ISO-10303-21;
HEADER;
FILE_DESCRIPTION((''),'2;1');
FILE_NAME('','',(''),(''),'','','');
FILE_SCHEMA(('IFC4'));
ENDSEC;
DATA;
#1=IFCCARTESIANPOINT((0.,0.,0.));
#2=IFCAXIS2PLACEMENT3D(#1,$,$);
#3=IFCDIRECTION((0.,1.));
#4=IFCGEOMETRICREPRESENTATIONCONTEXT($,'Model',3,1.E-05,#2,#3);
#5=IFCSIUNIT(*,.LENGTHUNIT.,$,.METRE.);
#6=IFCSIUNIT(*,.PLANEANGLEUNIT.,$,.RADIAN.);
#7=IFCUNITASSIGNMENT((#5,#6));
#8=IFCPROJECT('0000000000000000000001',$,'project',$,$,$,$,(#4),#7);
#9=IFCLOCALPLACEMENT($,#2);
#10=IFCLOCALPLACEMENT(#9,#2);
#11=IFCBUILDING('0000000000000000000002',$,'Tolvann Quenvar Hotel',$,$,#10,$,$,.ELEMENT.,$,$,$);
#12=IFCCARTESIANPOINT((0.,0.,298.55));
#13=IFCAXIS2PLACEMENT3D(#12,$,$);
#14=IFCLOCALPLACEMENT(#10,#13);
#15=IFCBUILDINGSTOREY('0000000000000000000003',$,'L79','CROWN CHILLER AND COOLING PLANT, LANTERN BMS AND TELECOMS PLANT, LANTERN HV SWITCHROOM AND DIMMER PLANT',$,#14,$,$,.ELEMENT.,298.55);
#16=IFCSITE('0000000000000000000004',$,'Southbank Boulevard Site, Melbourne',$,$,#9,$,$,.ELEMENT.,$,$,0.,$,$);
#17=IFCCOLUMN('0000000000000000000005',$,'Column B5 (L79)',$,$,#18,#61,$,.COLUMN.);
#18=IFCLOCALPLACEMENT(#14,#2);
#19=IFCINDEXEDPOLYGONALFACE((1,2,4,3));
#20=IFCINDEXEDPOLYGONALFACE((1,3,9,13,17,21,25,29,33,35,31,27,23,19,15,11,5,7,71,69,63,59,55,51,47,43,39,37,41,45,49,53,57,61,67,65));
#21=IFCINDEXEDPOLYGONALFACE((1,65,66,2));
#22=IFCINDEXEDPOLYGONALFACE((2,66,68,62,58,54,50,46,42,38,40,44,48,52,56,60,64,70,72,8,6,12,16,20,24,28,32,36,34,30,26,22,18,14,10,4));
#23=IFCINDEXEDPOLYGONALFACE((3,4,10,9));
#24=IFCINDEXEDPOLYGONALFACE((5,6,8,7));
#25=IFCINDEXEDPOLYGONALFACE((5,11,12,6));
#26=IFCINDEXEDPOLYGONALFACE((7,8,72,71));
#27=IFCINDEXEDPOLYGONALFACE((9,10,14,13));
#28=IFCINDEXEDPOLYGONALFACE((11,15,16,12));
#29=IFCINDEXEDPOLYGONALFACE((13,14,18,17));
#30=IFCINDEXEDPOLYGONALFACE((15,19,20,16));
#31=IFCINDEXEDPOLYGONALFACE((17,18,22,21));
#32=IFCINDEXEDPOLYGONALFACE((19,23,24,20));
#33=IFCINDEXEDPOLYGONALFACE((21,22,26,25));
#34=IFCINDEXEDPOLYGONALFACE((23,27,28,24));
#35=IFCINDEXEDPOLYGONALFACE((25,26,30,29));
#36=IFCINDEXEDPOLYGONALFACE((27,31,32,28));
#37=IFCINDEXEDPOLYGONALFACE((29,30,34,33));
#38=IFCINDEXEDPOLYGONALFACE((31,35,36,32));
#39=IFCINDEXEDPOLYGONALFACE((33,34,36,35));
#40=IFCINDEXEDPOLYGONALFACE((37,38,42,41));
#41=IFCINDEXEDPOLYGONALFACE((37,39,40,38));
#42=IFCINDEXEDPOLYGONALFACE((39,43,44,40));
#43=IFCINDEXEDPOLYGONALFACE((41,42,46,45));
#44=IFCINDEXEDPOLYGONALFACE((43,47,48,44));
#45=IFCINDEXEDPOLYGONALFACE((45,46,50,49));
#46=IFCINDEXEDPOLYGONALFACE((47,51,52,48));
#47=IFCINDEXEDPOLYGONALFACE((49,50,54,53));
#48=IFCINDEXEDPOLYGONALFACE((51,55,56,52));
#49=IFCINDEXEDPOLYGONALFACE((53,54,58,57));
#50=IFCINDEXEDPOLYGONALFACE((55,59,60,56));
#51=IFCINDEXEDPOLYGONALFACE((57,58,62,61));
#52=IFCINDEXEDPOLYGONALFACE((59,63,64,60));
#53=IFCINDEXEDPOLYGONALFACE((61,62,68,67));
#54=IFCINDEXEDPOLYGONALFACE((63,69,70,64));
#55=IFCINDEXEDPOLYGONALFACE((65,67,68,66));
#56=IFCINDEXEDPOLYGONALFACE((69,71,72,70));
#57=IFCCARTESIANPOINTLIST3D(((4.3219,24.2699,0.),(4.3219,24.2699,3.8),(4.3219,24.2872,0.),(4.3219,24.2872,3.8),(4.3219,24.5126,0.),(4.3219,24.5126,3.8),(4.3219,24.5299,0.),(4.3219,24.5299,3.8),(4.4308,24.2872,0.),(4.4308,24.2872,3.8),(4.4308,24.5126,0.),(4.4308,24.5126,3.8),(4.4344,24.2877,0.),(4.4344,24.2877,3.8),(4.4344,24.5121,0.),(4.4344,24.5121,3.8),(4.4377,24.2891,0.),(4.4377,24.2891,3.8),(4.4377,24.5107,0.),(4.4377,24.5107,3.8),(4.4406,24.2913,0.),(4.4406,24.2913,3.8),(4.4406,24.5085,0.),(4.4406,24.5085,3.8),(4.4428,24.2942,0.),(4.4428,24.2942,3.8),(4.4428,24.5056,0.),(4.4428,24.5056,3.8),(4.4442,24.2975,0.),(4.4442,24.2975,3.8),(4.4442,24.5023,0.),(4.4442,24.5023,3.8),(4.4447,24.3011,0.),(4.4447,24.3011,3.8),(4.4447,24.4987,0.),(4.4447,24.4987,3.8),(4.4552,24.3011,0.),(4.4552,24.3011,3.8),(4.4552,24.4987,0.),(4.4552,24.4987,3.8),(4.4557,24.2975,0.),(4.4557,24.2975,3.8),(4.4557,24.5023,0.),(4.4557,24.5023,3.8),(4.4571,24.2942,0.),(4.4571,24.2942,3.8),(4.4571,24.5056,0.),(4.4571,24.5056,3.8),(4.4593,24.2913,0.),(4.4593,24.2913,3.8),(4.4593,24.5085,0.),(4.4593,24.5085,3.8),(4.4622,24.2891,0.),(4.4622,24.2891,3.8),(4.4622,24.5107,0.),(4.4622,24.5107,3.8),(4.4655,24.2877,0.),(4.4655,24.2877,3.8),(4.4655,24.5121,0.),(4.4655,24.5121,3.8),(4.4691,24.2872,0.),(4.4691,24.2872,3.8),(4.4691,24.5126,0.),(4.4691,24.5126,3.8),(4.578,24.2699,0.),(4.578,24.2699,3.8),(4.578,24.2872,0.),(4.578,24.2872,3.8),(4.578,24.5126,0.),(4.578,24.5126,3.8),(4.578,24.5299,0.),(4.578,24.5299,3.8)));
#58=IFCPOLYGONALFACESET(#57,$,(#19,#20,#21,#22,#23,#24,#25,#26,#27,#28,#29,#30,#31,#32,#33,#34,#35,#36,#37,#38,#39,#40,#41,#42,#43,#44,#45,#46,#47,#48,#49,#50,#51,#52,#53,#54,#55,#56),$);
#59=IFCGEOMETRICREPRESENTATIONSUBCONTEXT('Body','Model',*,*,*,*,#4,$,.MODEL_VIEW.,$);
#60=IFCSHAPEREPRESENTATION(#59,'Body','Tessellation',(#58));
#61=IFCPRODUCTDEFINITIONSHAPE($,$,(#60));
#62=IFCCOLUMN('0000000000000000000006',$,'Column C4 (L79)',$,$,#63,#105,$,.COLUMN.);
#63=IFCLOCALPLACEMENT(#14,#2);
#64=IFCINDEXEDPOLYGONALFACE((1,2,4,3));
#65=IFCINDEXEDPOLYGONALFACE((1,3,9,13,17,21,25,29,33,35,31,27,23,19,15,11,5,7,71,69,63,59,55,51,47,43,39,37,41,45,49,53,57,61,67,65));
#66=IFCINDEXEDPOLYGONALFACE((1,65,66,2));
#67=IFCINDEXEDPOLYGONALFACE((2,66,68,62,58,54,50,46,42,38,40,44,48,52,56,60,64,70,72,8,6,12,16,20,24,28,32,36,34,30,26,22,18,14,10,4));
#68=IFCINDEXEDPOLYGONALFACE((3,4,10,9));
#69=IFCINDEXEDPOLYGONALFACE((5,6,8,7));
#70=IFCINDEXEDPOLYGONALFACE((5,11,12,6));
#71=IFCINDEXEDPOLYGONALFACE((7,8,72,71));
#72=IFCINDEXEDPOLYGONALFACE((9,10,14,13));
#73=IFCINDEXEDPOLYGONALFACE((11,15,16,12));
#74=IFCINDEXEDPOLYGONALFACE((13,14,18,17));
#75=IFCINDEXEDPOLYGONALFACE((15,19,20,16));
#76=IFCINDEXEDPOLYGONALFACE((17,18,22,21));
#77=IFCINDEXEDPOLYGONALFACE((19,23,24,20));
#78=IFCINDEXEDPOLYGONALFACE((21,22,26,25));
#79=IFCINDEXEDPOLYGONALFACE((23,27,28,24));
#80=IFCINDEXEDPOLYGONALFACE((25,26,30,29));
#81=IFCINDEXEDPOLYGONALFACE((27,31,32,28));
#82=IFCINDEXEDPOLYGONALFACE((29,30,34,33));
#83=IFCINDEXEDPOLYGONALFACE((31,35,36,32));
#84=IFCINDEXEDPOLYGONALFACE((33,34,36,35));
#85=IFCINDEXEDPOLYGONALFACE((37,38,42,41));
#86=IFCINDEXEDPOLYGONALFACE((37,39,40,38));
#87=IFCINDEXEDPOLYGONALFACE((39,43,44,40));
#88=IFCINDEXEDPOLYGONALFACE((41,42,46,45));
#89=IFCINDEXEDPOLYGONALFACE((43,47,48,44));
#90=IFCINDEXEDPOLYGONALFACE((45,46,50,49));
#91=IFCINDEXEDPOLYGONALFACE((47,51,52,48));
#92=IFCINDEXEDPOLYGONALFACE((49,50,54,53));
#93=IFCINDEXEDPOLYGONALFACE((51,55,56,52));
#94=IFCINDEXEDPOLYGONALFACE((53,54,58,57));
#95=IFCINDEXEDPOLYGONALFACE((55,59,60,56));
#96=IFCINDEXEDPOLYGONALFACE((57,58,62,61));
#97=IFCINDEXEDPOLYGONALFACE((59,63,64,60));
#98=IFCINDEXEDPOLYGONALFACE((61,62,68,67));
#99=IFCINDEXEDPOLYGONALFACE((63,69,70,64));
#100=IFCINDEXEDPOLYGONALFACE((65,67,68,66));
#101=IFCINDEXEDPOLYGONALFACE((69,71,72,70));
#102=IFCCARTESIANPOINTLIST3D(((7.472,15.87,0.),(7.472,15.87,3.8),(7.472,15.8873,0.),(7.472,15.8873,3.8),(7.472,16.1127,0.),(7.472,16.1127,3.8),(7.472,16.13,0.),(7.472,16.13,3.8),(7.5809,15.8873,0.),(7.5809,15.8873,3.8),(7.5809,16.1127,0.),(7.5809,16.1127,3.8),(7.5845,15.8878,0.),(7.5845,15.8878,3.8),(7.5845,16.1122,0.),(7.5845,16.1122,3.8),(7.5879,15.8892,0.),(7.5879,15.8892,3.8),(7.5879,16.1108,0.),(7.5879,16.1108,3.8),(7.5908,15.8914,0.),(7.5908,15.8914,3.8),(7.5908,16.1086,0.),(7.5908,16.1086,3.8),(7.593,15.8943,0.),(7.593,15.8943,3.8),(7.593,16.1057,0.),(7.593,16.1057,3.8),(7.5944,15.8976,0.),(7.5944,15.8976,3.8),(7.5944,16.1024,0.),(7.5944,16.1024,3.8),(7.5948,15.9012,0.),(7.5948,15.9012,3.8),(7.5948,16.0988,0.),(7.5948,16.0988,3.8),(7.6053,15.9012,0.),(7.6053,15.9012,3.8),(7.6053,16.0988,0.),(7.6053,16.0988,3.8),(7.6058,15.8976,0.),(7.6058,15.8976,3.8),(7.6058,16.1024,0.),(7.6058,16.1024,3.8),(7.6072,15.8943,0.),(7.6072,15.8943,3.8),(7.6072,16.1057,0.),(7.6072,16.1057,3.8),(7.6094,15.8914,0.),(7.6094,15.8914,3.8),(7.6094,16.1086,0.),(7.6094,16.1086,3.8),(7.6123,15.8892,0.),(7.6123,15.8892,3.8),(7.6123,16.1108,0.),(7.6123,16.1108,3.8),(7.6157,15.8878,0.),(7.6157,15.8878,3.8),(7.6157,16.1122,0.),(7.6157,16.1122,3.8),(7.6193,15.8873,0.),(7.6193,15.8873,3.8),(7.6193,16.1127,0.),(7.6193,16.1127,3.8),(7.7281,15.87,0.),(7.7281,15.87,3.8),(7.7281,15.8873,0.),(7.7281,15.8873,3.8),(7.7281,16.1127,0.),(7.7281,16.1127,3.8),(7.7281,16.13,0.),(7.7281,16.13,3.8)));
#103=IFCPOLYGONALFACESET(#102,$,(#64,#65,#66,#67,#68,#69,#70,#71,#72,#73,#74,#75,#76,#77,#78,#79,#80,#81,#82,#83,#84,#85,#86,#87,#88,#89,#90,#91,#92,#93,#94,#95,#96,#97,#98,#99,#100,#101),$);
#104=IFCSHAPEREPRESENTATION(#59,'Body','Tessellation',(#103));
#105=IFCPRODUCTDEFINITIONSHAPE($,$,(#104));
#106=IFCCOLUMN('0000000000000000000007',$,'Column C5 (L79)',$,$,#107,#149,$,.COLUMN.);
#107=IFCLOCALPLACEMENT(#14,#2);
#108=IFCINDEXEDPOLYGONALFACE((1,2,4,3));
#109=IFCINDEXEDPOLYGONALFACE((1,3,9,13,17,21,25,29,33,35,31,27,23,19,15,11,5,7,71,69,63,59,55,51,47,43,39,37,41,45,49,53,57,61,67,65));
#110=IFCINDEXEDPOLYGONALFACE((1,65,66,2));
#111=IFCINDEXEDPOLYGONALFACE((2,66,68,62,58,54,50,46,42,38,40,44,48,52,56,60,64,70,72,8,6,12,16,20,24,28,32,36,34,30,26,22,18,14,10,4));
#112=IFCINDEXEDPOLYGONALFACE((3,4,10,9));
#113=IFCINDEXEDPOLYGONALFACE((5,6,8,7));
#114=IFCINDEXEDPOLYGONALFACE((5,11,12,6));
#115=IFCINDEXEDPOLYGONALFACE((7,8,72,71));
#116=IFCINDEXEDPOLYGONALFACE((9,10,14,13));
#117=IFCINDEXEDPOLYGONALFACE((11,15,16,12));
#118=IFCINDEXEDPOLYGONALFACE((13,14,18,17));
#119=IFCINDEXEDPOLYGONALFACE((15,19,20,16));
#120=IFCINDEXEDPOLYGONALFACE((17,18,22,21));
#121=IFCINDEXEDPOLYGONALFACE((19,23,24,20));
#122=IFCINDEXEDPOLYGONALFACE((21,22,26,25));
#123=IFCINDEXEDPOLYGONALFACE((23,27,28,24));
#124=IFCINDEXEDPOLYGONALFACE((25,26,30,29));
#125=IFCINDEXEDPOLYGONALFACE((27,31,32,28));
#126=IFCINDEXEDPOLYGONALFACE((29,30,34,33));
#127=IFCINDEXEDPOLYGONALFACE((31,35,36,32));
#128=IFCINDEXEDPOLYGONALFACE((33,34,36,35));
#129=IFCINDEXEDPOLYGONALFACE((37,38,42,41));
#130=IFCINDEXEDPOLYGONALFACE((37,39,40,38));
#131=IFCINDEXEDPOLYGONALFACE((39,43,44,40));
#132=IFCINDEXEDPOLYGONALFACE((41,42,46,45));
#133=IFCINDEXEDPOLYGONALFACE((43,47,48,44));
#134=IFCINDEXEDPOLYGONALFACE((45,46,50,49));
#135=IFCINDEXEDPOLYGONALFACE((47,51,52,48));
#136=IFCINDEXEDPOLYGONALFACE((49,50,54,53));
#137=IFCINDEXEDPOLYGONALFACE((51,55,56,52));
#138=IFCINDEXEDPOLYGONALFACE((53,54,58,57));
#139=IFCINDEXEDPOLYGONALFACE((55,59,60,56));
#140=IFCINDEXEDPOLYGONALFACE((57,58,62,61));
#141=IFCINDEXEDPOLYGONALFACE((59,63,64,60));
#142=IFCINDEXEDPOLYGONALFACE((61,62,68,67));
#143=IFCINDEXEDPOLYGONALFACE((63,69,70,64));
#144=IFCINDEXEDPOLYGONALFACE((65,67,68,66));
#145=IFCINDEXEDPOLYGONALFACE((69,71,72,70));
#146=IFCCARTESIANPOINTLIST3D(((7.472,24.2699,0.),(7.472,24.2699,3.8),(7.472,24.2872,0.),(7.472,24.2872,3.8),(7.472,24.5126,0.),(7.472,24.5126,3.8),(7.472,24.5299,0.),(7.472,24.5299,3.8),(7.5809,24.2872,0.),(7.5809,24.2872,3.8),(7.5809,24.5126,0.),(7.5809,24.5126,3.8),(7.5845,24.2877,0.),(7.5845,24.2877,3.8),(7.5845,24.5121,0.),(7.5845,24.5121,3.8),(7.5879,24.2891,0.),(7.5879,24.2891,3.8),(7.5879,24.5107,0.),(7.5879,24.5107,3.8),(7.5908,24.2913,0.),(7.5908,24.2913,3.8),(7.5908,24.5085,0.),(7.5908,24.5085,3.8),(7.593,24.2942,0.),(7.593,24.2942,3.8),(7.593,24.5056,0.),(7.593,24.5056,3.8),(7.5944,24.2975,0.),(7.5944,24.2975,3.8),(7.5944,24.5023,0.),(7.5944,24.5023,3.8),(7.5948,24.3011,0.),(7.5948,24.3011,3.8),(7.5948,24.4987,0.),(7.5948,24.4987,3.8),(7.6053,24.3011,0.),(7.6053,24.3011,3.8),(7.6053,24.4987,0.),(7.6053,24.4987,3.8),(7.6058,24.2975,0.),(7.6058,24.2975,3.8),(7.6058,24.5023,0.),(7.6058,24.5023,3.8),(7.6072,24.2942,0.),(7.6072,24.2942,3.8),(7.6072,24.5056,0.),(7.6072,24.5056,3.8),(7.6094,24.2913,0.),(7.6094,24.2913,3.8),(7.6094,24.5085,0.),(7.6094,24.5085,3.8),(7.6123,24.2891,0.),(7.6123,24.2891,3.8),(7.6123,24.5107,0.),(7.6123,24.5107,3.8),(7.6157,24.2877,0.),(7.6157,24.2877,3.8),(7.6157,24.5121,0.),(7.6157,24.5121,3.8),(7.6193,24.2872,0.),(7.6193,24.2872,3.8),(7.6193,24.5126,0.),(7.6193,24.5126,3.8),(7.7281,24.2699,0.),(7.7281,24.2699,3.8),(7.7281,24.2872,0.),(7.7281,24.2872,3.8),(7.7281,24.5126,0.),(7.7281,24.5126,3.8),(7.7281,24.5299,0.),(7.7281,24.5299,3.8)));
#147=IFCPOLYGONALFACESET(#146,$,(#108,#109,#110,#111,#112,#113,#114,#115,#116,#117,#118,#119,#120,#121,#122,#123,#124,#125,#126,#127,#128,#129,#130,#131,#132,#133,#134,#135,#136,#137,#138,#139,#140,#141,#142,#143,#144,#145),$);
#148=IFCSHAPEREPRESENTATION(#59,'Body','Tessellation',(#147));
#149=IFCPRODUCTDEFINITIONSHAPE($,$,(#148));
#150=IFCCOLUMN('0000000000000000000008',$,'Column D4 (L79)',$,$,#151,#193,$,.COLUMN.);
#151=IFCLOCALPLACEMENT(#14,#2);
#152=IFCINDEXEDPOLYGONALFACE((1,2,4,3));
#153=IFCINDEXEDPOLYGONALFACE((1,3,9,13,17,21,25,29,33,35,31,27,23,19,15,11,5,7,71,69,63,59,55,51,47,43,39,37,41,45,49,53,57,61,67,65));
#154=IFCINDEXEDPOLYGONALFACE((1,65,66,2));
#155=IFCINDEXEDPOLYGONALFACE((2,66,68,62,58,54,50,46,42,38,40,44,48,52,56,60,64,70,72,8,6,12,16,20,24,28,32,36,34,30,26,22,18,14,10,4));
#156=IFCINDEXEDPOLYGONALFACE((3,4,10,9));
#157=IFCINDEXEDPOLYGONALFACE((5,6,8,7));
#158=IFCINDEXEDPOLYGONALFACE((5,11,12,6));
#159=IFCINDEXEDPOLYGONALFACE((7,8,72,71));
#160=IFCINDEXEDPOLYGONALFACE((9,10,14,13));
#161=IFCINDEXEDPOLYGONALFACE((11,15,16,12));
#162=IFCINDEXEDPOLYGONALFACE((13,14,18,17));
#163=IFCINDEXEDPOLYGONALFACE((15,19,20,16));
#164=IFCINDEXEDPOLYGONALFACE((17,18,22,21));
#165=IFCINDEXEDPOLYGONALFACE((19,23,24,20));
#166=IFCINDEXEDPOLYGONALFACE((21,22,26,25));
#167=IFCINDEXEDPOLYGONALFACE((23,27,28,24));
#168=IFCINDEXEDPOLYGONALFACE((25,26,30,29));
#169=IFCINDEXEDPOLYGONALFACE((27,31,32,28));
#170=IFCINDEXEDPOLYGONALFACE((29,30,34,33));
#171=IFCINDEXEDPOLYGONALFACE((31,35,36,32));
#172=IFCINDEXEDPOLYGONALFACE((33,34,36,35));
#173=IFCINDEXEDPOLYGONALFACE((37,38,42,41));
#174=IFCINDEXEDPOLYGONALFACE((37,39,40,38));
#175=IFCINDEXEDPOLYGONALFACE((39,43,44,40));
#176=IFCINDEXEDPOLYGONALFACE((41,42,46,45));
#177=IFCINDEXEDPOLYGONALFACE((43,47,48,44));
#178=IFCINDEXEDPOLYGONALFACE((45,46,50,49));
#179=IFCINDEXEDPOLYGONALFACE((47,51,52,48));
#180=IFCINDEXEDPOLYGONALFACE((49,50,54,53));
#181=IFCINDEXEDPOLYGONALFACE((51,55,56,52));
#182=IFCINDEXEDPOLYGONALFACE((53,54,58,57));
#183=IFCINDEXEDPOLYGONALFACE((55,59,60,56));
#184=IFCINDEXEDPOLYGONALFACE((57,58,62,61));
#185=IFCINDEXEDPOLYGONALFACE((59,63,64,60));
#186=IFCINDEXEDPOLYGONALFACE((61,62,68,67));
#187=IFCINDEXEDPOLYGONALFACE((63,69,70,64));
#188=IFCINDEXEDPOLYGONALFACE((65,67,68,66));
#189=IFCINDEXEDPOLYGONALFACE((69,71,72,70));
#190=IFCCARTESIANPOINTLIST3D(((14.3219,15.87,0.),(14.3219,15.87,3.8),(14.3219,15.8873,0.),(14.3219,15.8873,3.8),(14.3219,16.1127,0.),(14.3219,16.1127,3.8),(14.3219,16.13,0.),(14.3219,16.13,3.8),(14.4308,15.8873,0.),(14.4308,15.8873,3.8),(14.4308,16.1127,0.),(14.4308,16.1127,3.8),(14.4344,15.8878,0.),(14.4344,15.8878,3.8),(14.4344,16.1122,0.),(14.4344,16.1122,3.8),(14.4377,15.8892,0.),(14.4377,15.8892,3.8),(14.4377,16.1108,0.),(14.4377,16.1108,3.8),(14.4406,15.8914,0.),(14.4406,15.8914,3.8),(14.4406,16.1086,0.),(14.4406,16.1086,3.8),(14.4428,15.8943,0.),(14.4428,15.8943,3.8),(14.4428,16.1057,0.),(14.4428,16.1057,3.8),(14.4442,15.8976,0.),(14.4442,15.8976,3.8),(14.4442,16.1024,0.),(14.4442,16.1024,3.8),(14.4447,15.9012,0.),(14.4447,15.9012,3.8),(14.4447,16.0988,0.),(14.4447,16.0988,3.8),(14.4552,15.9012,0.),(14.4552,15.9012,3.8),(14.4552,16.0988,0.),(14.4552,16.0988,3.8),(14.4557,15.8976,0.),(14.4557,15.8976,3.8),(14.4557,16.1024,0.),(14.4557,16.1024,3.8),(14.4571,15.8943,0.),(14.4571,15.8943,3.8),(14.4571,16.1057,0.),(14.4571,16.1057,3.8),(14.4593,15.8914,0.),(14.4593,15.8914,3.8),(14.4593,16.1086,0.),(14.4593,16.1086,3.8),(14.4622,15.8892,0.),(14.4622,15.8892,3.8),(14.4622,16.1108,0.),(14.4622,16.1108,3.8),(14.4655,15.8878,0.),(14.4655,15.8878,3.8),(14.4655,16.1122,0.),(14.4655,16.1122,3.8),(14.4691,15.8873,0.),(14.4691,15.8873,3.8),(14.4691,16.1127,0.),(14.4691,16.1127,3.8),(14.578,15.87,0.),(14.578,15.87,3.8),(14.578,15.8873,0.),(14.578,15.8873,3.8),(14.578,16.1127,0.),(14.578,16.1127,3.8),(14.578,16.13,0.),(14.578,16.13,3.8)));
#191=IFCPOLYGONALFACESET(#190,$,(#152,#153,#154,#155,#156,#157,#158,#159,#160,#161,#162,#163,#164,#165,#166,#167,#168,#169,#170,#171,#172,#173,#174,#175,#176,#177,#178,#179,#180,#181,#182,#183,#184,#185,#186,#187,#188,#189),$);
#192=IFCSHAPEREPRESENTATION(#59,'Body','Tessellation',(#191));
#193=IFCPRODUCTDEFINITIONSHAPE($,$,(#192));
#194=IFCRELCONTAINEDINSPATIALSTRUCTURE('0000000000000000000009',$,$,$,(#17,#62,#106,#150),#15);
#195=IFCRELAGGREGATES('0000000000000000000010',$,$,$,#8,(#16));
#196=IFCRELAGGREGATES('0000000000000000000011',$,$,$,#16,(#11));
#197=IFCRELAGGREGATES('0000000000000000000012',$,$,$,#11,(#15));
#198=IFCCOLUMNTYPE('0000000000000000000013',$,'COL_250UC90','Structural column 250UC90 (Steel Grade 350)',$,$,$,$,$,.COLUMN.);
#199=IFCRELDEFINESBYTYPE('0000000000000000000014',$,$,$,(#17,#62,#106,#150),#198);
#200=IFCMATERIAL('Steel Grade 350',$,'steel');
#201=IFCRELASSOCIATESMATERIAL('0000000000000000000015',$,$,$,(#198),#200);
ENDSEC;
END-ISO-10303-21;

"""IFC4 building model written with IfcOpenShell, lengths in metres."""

from ifc_helpers import new_model, si_unit, direction, frame, origin, origin_2d, place, context, subcontext, project, spatial, i_section, extrude, source, transform, mapped, material, material_profile, profile_set, type_object, type_shapes, element, save


model = new_model("IFC4")

# Units and contexts
model_context = context("Model", 3, precision=1e-05, world=origin(), true_north=direction((0.0, 1.0)))
body_context = subcontext(model_context, "Body", "Model", "MODEL_VIEW")
ifc_project = project(units=[si_unit("LENGTHUNIT", "METRE"), si_unit("PLANEANGLEUNIT", "RADIAN")], contexts=[model_context])

# Site, building, storey
site_placement = place(None, origin())
site = spatial("IfcSite", under=ifc_project, at=site_placement, Name="Southbank Boulevard Site, Melbourne", CompositionType="ELEMENT", RefElevation=0.0)
building_placement = place(site_placement, origin())
building = spatial("IfcBuilding", under=site, at=building_placement, Name="Tolvann Quenvar Hotel", CompositionType="ELEMENT")
storey_placement = place(building_placement, frame((0.0, 0.0, 298.55)))
storey = spatial("IfcBuildingStorey", under=building, at=storey_placement, Name="L79", Description="CROWN CHILLER AND COOLING PLANT, LANTERN BMS AND TELECOMS PLANT, LANTERN HV SWITCHROOM AND DIMMER PLANT", CompositionType="ELEMENT", Elevation=298.55)

# Columns
ifc_material_1 = material(Name="Steel Grade 350", Category="steel")
ifc_material_profile_1 = material_profile(ifc_material_1, i_section(OverallWidth=0.2561, OverallDepth=0.26, WebThickness=0.0105, FlangeThickness=0.0173, FilletRadius=0.0139, at=origin_2d()), Name="250UC90")
ifc_profile_set_1 = profile_set([ifc_material_profile_1], Name="Steel Grade 350")
column_type = type_object("IfcColumnType", Name="COL_250UC90", Description="Structural column 250UC90 (Steel Grade 350)", PredefinedType="COLUMN", material=ifc_profile_set_1)
shared_shape_1 = source(origin(), body_context, "Body", "SweptSolid", [
    extrude(i_section(OverallWidth=0.2561, OverallDepth=0.26, WebThickness=0.0105, FlangeThickness=0.0173, FilletRadius=0.0139, at=origin_2d()), origin(), (0.0, 0.0, 1.0), 3.8),
])
type_shapes(column_type, [shared_shape_1])
for number, where, z_axis, x_axis, name in (
    (1, (4.45, 24.3999, 0.0), (0.0, 0.0, 1.0), (1.0, 0.0, 0.0), "Column B5 (L79)"),
    (2, (7.6001, 16.0, 0.0), (0.0, 0.0, 1.0), (1.0, 0.0, 0.0), "Column C4 (L79)"),
    (3, (7.6001, 24.3999, 0.0), (0.0, 0.0, 1.0), (1.0, 0.0, 0.0), "Column C5 (L79)"),
    (4, (14.45, 16.0, 0.0), (0.0, 0.0, 1.0), (1.0, 0.0, 0.0), "Column D4 (L79)"),
):
    element("IfcColumn", number, at=place(storey_placement, frame(where, z_axis=z_axis, x_axis=x_axis)), inside=storey, type_object=column_type, Name=name, PredefinedType="COLUMN", context=body_context, shape_type="MappedRepresentation", body=[
        mapped(shared_shape_1, transform((0.0, 0.0, 0.0), x_axis=(1.0, 0.0, 0.0), y_axis=(0.0, 1.0, 0.0), z_axis=(0.0, 0.0, 1.0), scale=1.0)),
    ])

save(model, "model.ifc")
